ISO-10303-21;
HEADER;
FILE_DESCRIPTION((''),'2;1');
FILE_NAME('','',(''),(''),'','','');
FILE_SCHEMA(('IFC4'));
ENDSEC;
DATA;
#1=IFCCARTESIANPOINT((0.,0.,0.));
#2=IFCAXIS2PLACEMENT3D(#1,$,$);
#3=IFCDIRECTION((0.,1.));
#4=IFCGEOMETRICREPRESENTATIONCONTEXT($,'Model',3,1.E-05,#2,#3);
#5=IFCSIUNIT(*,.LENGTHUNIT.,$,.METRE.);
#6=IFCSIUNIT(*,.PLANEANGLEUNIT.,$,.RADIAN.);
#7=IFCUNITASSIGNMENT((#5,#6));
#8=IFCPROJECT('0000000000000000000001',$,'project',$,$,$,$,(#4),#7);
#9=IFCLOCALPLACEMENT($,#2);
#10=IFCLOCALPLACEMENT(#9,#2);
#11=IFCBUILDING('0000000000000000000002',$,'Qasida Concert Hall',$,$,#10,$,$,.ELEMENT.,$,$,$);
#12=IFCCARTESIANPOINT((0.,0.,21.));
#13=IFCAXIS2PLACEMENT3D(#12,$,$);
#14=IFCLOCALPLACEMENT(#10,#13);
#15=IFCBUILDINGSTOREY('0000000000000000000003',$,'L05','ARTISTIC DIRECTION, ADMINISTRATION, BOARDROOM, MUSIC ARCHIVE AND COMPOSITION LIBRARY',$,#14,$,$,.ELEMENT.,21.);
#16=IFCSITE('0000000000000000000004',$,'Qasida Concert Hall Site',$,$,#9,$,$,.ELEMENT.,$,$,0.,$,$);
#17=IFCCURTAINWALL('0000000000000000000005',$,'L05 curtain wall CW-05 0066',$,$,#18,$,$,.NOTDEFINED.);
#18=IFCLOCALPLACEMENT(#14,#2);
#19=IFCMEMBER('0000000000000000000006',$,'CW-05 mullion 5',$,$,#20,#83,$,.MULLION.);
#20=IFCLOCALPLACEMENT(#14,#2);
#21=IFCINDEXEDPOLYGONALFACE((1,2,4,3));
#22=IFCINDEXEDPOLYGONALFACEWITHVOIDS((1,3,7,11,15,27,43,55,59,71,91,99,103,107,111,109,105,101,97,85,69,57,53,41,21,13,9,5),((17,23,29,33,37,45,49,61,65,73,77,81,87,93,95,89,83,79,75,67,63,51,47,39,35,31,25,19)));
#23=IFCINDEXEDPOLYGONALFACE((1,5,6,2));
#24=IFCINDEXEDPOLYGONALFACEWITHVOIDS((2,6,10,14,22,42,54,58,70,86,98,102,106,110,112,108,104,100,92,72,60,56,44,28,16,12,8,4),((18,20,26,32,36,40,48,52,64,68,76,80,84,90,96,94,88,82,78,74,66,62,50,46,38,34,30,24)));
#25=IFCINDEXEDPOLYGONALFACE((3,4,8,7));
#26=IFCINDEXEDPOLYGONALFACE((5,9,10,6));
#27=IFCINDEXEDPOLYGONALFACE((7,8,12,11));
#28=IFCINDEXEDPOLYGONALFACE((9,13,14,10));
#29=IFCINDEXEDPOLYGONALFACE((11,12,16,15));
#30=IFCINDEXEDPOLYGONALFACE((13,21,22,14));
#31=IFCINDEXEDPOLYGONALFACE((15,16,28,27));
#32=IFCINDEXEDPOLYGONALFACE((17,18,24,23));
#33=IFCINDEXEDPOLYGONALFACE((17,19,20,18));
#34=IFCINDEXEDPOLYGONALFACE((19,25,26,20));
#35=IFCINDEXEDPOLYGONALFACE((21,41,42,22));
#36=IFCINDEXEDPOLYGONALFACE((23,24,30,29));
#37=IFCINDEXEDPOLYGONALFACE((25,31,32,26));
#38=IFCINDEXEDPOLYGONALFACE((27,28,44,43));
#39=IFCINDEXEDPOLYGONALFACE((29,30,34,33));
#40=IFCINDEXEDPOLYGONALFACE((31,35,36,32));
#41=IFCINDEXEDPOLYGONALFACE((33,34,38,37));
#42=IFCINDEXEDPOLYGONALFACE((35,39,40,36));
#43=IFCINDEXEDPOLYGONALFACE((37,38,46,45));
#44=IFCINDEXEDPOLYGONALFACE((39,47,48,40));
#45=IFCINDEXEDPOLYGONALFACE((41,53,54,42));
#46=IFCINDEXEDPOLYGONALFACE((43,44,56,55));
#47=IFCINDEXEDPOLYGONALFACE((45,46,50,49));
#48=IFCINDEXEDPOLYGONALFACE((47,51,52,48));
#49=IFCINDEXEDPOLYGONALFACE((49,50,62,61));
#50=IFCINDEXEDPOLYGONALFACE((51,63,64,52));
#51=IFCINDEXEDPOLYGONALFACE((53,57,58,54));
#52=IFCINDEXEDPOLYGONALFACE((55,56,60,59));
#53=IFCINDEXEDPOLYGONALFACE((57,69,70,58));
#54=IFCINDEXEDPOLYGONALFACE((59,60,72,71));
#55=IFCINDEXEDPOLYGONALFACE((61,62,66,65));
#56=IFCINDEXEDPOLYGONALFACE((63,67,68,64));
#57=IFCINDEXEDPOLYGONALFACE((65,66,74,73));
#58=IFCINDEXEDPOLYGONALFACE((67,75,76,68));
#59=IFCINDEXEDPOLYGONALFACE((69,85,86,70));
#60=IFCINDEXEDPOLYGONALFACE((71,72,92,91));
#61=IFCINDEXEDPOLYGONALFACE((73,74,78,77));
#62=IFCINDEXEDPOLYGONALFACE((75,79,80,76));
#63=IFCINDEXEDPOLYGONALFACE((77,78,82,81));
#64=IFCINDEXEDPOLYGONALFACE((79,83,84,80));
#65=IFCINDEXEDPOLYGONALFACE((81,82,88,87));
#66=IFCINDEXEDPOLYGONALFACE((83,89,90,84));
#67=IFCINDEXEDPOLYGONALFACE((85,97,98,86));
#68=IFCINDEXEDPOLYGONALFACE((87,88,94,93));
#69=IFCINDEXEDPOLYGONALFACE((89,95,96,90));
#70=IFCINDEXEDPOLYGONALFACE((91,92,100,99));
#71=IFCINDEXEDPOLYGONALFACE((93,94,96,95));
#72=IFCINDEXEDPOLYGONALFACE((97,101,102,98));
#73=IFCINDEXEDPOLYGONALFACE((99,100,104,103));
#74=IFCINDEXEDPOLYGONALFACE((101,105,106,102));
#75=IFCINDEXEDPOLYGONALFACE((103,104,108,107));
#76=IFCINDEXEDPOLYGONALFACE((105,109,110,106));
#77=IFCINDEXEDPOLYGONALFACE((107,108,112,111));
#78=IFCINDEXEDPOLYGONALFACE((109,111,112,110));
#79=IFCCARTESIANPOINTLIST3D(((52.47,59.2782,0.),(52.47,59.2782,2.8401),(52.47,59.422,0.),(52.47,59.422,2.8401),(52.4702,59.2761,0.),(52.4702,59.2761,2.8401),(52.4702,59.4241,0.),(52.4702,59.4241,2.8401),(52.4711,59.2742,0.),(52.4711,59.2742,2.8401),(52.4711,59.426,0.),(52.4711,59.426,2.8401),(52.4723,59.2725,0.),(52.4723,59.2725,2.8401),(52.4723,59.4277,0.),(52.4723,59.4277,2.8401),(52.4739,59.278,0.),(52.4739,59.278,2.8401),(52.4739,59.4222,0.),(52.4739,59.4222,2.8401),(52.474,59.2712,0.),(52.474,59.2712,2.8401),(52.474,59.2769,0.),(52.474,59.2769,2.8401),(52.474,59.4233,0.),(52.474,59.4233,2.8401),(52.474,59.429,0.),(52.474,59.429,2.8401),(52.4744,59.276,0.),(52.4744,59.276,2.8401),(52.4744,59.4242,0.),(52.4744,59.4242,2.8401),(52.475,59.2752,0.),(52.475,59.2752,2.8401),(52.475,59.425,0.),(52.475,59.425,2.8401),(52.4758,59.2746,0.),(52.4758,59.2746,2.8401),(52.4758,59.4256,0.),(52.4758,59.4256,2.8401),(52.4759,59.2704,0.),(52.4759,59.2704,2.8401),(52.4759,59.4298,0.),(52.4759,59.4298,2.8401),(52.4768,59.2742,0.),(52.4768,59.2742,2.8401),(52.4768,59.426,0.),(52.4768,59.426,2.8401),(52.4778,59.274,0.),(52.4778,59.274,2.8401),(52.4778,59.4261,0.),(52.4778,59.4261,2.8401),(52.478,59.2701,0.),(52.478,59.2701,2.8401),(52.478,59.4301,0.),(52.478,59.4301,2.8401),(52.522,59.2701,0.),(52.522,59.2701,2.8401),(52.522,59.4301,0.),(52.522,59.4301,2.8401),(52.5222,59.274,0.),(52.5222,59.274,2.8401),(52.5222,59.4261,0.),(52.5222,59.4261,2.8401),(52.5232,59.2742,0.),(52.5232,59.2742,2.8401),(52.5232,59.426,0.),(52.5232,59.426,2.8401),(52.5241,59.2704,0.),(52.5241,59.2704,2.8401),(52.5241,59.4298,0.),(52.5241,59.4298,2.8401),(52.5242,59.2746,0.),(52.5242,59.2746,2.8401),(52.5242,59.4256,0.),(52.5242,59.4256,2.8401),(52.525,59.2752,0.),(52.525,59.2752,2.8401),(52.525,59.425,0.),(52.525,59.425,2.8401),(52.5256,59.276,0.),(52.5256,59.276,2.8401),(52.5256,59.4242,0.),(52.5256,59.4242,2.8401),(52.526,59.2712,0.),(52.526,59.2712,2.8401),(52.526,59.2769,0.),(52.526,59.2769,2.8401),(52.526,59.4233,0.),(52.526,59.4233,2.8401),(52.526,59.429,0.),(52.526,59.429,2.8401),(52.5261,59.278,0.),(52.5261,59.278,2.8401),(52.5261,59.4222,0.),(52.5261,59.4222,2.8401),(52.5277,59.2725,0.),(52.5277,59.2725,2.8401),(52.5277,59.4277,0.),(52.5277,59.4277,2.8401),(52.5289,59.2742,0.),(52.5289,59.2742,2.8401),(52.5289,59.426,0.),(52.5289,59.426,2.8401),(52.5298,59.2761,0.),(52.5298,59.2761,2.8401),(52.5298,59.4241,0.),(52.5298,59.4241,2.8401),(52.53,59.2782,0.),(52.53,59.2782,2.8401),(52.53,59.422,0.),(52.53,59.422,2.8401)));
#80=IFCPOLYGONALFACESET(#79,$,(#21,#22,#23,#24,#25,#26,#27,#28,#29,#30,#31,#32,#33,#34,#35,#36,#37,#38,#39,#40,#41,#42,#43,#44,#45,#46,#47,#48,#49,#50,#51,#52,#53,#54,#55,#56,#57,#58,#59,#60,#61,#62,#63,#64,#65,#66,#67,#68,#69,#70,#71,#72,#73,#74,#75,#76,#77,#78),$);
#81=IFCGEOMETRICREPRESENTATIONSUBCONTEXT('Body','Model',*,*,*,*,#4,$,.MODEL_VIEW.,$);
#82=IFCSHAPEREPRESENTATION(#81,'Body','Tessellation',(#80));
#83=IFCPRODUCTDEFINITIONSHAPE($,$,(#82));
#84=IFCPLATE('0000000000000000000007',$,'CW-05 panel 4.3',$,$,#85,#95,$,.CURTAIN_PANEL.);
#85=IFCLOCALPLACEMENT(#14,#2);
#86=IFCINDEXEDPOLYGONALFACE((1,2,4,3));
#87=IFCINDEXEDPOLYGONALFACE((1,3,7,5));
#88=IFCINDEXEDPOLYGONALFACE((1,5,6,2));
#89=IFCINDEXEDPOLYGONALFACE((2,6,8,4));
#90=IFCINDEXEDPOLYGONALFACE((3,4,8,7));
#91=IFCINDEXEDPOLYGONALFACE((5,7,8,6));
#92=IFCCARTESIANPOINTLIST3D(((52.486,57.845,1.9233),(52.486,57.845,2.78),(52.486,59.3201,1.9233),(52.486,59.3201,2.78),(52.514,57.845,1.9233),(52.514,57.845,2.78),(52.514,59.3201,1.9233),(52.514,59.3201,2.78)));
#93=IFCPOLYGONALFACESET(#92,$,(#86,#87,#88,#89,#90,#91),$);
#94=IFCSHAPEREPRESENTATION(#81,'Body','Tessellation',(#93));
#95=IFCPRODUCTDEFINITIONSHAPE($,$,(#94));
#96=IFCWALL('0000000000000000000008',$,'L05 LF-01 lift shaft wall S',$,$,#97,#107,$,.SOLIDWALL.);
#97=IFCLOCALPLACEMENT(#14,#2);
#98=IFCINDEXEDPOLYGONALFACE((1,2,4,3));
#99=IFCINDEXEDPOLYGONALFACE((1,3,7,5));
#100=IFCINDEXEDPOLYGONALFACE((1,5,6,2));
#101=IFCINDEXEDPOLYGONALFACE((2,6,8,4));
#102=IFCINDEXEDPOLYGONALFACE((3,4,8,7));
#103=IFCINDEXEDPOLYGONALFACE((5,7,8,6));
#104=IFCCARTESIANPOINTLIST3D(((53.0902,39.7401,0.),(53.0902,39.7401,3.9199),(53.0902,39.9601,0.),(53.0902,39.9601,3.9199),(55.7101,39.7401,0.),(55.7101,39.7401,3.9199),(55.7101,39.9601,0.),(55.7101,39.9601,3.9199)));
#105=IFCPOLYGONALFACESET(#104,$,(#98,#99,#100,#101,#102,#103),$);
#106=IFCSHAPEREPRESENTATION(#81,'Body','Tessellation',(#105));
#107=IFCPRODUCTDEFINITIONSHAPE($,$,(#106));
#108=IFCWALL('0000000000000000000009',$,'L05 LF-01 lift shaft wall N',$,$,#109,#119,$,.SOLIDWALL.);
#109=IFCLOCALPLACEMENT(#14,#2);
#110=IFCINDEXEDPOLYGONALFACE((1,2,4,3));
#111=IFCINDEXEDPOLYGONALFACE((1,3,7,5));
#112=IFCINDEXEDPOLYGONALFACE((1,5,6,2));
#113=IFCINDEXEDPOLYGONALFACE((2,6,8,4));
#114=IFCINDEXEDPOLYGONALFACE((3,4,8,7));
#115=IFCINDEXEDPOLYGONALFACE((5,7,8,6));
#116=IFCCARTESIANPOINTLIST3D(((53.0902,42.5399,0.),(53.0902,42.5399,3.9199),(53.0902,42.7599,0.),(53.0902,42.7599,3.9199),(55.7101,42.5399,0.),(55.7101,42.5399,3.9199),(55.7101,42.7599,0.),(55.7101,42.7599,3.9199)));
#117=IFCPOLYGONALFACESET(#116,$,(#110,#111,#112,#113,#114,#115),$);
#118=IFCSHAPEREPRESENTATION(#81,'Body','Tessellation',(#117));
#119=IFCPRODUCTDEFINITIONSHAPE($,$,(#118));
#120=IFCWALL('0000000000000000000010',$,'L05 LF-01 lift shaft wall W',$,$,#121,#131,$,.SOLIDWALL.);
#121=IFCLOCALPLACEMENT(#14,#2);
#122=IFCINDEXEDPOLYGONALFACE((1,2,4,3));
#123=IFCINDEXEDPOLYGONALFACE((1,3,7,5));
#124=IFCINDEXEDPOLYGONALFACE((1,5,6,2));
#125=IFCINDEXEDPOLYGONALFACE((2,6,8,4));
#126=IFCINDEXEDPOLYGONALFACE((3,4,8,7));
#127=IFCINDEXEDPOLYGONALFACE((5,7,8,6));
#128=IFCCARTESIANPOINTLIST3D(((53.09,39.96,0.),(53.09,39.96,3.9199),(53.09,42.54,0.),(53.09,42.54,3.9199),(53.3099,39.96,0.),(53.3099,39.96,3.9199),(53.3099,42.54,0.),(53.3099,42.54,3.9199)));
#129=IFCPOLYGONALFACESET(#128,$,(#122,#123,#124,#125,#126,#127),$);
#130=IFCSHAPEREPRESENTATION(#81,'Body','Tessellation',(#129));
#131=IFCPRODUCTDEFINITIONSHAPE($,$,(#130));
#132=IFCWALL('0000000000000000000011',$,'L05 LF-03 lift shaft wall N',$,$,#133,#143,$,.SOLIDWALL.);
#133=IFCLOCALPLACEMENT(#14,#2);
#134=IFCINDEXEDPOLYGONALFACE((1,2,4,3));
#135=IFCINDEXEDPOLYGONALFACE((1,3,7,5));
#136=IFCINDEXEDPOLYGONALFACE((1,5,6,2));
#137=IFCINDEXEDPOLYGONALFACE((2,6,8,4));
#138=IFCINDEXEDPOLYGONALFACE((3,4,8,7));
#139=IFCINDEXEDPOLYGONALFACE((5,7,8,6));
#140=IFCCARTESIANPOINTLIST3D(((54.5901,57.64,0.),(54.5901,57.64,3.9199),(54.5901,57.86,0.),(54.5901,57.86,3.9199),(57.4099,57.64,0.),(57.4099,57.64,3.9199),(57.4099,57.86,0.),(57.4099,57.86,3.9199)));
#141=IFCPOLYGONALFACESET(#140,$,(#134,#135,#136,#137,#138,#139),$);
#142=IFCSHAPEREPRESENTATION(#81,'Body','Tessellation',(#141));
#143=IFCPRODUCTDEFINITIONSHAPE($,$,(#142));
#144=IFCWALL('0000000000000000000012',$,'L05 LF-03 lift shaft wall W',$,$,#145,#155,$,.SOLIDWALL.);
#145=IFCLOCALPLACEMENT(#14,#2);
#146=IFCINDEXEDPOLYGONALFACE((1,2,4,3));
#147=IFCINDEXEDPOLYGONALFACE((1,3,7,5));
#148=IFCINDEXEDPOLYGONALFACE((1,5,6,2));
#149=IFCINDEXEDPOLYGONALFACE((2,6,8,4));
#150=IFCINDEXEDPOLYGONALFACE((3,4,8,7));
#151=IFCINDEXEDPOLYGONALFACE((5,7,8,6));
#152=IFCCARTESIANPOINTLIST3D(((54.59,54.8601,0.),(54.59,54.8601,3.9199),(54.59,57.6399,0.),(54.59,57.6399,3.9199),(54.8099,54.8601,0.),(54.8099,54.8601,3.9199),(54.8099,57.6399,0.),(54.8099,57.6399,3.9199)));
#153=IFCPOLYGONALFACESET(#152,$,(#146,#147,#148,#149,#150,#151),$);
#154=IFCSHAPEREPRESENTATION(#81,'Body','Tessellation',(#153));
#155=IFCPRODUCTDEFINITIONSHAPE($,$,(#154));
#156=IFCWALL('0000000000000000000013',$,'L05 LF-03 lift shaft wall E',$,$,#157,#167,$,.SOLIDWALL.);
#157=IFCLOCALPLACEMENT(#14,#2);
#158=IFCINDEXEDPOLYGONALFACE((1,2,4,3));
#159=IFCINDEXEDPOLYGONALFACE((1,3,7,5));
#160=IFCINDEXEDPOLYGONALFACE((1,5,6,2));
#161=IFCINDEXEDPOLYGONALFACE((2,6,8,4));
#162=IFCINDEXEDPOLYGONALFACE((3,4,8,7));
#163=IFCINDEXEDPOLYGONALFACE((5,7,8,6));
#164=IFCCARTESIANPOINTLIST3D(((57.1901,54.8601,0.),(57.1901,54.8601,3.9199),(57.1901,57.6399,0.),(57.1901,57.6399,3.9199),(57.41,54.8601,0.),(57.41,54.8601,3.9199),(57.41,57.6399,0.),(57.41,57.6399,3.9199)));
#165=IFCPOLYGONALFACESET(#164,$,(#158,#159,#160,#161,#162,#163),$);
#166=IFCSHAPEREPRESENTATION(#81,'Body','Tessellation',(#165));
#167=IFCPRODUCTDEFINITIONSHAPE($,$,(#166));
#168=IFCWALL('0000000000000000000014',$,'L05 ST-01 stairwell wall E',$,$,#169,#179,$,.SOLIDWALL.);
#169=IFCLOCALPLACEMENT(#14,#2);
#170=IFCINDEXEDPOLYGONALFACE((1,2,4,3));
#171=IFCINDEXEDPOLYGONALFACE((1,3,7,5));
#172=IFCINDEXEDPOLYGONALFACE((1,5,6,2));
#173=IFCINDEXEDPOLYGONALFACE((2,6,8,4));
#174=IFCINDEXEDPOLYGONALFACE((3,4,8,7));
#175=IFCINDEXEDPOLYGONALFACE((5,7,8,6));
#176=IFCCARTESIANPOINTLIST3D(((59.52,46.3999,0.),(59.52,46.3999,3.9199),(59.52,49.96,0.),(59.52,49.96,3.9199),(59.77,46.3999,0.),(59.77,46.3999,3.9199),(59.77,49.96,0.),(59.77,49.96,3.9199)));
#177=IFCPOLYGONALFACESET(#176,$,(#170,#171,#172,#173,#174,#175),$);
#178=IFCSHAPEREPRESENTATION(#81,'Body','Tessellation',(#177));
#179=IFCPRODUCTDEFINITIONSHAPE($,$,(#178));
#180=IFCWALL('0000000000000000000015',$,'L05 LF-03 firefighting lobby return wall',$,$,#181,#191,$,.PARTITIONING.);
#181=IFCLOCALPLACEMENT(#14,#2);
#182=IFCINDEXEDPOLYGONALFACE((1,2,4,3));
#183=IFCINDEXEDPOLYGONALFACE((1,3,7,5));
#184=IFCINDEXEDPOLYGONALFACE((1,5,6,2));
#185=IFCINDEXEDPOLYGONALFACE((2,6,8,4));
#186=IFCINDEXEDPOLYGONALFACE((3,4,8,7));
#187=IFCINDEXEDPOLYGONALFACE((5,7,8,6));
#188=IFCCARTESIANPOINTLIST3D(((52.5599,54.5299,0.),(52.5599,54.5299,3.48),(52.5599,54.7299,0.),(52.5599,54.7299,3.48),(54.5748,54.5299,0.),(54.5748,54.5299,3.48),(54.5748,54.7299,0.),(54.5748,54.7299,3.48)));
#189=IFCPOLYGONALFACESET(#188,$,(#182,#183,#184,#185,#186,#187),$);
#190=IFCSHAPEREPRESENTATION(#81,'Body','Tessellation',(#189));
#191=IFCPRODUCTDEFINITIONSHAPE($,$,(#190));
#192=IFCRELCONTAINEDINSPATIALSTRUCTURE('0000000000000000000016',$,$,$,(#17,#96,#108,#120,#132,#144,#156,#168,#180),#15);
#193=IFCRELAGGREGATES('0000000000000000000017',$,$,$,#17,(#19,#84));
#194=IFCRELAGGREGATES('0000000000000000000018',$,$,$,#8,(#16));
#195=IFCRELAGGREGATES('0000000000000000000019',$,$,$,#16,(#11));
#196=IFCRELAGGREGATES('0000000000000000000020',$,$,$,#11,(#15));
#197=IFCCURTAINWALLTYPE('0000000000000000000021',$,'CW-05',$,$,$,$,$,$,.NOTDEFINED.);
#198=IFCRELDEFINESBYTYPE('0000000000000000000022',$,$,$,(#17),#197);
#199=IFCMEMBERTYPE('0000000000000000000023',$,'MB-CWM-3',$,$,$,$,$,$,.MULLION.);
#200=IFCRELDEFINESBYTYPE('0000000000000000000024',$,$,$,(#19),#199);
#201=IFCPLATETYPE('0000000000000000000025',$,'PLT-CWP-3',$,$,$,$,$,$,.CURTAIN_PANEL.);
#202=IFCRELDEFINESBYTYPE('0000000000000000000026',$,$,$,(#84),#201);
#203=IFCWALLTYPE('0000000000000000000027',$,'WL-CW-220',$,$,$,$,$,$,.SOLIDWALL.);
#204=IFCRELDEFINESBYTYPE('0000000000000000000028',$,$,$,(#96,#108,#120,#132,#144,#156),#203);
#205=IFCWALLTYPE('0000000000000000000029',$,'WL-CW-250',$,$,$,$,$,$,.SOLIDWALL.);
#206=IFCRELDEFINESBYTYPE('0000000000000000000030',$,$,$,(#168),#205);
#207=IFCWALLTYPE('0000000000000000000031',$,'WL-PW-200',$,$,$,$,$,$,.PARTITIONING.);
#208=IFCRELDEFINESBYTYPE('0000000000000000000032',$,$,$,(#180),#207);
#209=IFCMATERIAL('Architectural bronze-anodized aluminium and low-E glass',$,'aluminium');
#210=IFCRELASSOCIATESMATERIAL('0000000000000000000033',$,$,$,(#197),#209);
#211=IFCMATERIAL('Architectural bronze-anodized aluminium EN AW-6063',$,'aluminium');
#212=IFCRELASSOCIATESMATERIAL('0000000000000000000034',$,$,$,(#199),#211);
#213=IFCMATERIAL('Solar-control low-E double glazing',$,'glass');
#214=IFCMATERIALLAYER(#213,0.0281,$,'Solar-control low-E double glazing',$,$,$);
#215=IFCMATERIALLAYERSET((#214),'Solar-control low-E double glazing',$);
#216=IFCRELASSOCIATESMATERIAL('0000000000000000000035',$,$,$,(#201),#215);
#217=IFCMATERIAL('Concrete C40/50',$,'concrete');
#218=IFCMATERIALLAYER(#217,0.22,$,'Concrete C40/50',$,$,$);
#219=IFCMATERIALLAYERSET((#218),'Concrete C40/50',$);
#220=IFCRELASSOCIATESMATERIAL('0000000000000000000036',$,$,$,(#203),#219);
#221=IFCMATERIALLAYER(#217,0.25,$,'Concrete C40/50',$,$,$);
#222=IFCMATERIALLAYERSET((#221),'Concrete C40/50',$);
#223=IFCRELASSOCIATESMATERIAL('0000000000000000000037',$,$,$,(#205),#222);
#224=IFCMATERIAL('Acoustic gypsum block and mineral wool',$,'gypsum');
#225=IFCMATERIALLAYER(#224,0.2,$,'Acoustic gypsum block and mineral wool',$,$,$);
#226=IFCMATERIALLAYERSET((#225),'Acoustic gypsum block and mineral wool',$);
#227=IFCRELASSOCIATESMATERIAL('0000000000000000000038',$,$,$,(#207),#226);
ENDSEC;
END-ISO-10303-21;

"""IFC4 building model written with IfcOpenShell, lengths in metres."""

from ifc_helpers import new_model, si_unit, direction, frame, frame_2d, origin, origin_2d, place, context, subcontext, project, spatial, rectangle, hollow_rectangle, extrude, material, layer, layer_set, material_profile, profile_set, type_object, element, aggregate, save


model = new_model("IFC4")

# Units and contexts
model_context = context("Model", 3, precision=1e-05, world=origin(), true_north=direction((0.0, 1.0)))
body_context = subcontext(model_context, "Body", "Model", "MODEL_VIEW")
ifc_project = project(units=[si_unit("LENGTHUNIT", "METRE"), si_unit("PLANEANGLEUNIT", "RADIAN")], contexts=[model_context])

# Site, building, storey
site_placement = place(None, origin())
site = spatial("IfcSite", under=ifc_project, at=site_placement, Name="Qasida Concert Hall Site", CompositionType="ELEMENT", RefElevation=0.0)
building_placement = place(site_placement, origin())
building = spatial("IfcBuilding", under=site, at=building_placement, Name="Qasida Concert Hall", CompositionType="ELEMENT")
storey_placement = place(building_placement, frame((0.0, 0.0, 21.0)))
storey = spatial("IfcBuildingStorey", under=building, at=storey_placement, Name="L05", Description="ARTISTIC DIRECTION, ADMINISTRATION, BOARDROOM, MUSIC ARCHIVE AND COMPOSITION LIBRARY", CompositionType="ELEMENT", Elevation=21.0)

# Shared definitions
ifc_material_1 = material(Name="Concrete C40/50", Category="concrete")

# Curtain wall, member, plate
ifc_material_2 = material(Name="Architectural bronze-anodized aluminium and low-E glass", Category="aluminium")
curtain_wall_type = type_object("IfcCurtainWallType", Name="CW-05", PredefinedType="NOTDEFINED", material=ifc_material_2)
curtain_wall_placement = place(storey_placement, origin())
curtain_wall = element("IfcCurtainWall", 1, at=curtain_wall_placement, inside=storey, type_object=curtain_wall_type, Name="L05 curtain wall CW-05 0066", PredefinedType="NOTDEFINED")
ifc_material_3 = material(Name="Architectural bronze-anodized aluminium EN AW-6063", Category="aluminium")
ifc_material_profile_1 = material_profile(ifc_material_3, hollow_rectangle(XDim=0.0601, YDim=0.1599, WallThickness=0.0039, InnerFilletRadius=0.0039, OuterFilletRadius=0.0081, at=origin_2d()), Name="CWM 160x60x4")
ifc_profile_set_1 = profile_set([ifc_material_profile_1], Name="Architectural bronze-anodized aluminium EN AW-6063")
member_type = type_object("IfcMemberType", Name="MB-CWM-3", PredefinedType="MULLION", material=ifc_profile_set_1)
member_placement = place(storey_placement, frame((52.5, 59.3501, 0.0), z_axis=(0.0, 0.0, 1.0), x_axis=(-1.0, 0.0, 0.0)))
member = element("IfcMember", 2, at=member_placement, type_object=member_type, Name="CW-05 mullion 5", PredefinedType="MULLION", context=body_context, shape_type="SweptSolid", body=[
    extrude(hollow_rectangle(XDim=0.0601, YDim=0.1599, WallThickness=0.0039, InnerFilletRadius=0.0039, OuterFilletRadius=0.0081, at=origin_2d()), origin(), (0.0, 0.0, 1.0), 2.8401),
])
ifc_material_4 = material(Name="Solar-control low-E double glazing", Category="glass")
ifc_layer_1 = layer(ifc_material_4, 0.0281, Name="Solar-control low-E double glazing")
ifc_layer_set_1 = layer_set([ifc_layer_1], Name="Solar-control low-E double glazing")
plate_type = type_object("IfcPlateType", Name="PLT-CWP-3", PredefinedType="CURTAIN_PANEL", material=ifc_layer_set_1)
plate_placement = place(storey_placement, frame((52.5, 58.5825, 1.9233), z_axis=(0.0, 0.0, 1.0), x_axis=(0.0, 1.0, 0.0)))
plate = element("IfcPlate", 3, at=plate_placement, type_object=plate_type, Name="CW-05 panel 4.3", PredefinedType="CURTAIN_PANEL", context=body_context, shape_type="SweptSolid", body=[
    extrude(rectangle(XDim=1.4751, YDim=0.0281, at=origin_2d()), origin(), (0.0, 0.0, 1.0), 0.8567),
])
aggregate(curtain_wall, [member, plate])

# Walls
ifc_layer_2 = layer(ifc_material_1, 0.22, Name="Concrete C40/50")
ifc_layer_set_2 = layer_set([ifc_layer_2], Name="Concrete C40/50")
wall_type_1 = type_object("IfcWallType", Name="WL-CW-220", PredefinedType="SOLIDWALL", material=ifc_layer_set_2)
for number, where, z_axis, x_axis, name in (
    (4, (53.0901, 39.8501, 0.0), (0.0, 0.0, 1.0), (1.0, 0.0, 0.0), "L05 LF-01 lift shaft wall S"),
    (5, (53.0901, 42.6499, 0.0), (0.0, 0.0, 1.0), (1.0, 0.0, 0.0), "L05 LF-01 lift shaft wall N"),
):
    element("IfcWall", number, at=place(storey_placement, frame(where, z_axis=z_axis, x_axis=x_axis)), inside=storey, type_object=wall_type_1, Name=name, PredefinedType="SOLIDWALL", context=body_context, shape_type="SweptSolid", body=[
        extrude(rectangle(XDim=2.6199, YDim=0.22, at=frame_2d((1.3101, 0.0))), origin(), (0.0, 0.0, 1.0), 3.9199),
    ])
wall_1_placement = place(storey_placement, frame((53.2, 39.96, 0.0), z_axis=(0.0, 0.0, 1.0), x_axis=(0.0, 1.0, 0.0)))
element("IfcWall", 6, at=wall_1_placement, inside=storey, type_object=wall_type_1, Name="L05 LF-01 lift shaft wall W", PredefinedType="SOLIDWALL", context=body_context, shape_type="SweptSolid", body=[
    extrude(rectangle(XDim=2.5801, YDim=0.22, at=frame_2d((1.29, 0.0))), origin(), (0.0, 0.0, 1.0), 3.9199),
])

# Walls
wall_2_placement = place(storey_placement, frame((54.5901, 57.75, 0.0), z_axis=(0.0, 0.0, 1.0), x_axis=(1.0, 0.0, 0.0)))
element("IfcWall", 7, at=wall_2_placement, inside=storey, type_object=wall_type_1, Name="L05 LF-03 lift shaft wall N", PredefinedType="SOLIDWALL", context=body_context, shape_type="SweptSolid", body=[
    extrude(rectangle(XDim=2.8198, YDim=0.22, at=frame_2d((1.4099, 0.0))), origin(), (0.0, 0.0, 1.0), 3.9199),
])
for number, where, z_axis, x_axis, name in (
    (8, (54.7, 54.8601, 0.0), (0.0, 0.0, 1.0), (0.0, 1.0, 0.0), "L05 LF-03 lift shaft wall W"),
    (9, (57.3, 54.8601, 0.0), (0.0, 0.0, 1.0), (0.0, 1.0, 0.0), "L05 LF-03 lift shaft wall E"),
):
    element("IfcWall", number, at=place(storey_placement, frame(where, z_axis=z_axis, x_axis=x_axis)), inside=storey, type_object=wall_type_1, Name=name, PredefinedType="SOLIDWALL", context=body_context, shape_type="SweptSolid", body=[
        extrude(rectangle(XDim=2.7798, YDim=0.22, at=frame_2d((1.3899, 0.0))), origin(), (0.0, 0.0, 1.0), 3.9199),
    ])

# Walls
ifc_layer_3 = layer(ifc_material_1, 0.25, Name="Concrete C40/50")
ifc_layer_set_3 = layer_set([ifc_layer_3], Name="Concrete C40/50")
wall_type_2 = type_object("IfcWallType", Name="WL-CW-250", PredefinedType="SOLIDWALL", material=ifc_layer_set_3)
wall_3_placement = place(storey_placement, frame((59.645, 46.3999, 0.0), z_axis=(0.0, 0.0, 1.0), x_axis=(0.0, 1.0, 0.0)))
element("IfcWall", 10, at=wall_3_placement, inside=storey, type_object=wall_type_2, Name="L05 ST-01 stairwell wall E", PredefinedType="SOLIDWALL", context=body_context, shape_type="SweptSolid", body=[
    extrude(rectangle(XDim=3.5601, YDim=0.25, at=frame_2d((1.78, 0.0))), origin(), (0.0, 0.0, 1.0), 3.9199),
])
ifc_material_5 = material(Name="Acoustic gypsum block and mineral wool", Category="gypsum")
ifc_layer_4 = layer(ifc_material_5, 0.2, Name="Acoustic gypsum block and mineral wool")
ifc_layer_set_4 = layer_set([ifc_layer_4], Name="Acoustic gypsum block and mineral wool")
wall_type_3 = type_object("IfcWallType", Name="WL-PW-200", PredefinedType="PARTITIONING", material=ifc_layer_set_4)
wall_4_placement = place(storey_placement, frame((52.5601, 54.6299, 0.0), z_axis=(0.0, 0.0, 1.0), x_axis=(1.0, 0.0, 0.0)))
element("IfcWall", 11, at=wall_4_placement, inside=storey, type_object=wall_type_3, Name="L05 LF-03 firefighting lobby return wall", PredefinedType="PARTITIONING", context=body_context, shape_type="SweptSolid", body=[
    extrude(rectangle(XDim=2.0149, YDim=0.2, at=frame_2d((1.0073, 0.0))), origin(), (0.0, 0.0, 1.0), 3.48),
])

save(model, "model.ifc")
